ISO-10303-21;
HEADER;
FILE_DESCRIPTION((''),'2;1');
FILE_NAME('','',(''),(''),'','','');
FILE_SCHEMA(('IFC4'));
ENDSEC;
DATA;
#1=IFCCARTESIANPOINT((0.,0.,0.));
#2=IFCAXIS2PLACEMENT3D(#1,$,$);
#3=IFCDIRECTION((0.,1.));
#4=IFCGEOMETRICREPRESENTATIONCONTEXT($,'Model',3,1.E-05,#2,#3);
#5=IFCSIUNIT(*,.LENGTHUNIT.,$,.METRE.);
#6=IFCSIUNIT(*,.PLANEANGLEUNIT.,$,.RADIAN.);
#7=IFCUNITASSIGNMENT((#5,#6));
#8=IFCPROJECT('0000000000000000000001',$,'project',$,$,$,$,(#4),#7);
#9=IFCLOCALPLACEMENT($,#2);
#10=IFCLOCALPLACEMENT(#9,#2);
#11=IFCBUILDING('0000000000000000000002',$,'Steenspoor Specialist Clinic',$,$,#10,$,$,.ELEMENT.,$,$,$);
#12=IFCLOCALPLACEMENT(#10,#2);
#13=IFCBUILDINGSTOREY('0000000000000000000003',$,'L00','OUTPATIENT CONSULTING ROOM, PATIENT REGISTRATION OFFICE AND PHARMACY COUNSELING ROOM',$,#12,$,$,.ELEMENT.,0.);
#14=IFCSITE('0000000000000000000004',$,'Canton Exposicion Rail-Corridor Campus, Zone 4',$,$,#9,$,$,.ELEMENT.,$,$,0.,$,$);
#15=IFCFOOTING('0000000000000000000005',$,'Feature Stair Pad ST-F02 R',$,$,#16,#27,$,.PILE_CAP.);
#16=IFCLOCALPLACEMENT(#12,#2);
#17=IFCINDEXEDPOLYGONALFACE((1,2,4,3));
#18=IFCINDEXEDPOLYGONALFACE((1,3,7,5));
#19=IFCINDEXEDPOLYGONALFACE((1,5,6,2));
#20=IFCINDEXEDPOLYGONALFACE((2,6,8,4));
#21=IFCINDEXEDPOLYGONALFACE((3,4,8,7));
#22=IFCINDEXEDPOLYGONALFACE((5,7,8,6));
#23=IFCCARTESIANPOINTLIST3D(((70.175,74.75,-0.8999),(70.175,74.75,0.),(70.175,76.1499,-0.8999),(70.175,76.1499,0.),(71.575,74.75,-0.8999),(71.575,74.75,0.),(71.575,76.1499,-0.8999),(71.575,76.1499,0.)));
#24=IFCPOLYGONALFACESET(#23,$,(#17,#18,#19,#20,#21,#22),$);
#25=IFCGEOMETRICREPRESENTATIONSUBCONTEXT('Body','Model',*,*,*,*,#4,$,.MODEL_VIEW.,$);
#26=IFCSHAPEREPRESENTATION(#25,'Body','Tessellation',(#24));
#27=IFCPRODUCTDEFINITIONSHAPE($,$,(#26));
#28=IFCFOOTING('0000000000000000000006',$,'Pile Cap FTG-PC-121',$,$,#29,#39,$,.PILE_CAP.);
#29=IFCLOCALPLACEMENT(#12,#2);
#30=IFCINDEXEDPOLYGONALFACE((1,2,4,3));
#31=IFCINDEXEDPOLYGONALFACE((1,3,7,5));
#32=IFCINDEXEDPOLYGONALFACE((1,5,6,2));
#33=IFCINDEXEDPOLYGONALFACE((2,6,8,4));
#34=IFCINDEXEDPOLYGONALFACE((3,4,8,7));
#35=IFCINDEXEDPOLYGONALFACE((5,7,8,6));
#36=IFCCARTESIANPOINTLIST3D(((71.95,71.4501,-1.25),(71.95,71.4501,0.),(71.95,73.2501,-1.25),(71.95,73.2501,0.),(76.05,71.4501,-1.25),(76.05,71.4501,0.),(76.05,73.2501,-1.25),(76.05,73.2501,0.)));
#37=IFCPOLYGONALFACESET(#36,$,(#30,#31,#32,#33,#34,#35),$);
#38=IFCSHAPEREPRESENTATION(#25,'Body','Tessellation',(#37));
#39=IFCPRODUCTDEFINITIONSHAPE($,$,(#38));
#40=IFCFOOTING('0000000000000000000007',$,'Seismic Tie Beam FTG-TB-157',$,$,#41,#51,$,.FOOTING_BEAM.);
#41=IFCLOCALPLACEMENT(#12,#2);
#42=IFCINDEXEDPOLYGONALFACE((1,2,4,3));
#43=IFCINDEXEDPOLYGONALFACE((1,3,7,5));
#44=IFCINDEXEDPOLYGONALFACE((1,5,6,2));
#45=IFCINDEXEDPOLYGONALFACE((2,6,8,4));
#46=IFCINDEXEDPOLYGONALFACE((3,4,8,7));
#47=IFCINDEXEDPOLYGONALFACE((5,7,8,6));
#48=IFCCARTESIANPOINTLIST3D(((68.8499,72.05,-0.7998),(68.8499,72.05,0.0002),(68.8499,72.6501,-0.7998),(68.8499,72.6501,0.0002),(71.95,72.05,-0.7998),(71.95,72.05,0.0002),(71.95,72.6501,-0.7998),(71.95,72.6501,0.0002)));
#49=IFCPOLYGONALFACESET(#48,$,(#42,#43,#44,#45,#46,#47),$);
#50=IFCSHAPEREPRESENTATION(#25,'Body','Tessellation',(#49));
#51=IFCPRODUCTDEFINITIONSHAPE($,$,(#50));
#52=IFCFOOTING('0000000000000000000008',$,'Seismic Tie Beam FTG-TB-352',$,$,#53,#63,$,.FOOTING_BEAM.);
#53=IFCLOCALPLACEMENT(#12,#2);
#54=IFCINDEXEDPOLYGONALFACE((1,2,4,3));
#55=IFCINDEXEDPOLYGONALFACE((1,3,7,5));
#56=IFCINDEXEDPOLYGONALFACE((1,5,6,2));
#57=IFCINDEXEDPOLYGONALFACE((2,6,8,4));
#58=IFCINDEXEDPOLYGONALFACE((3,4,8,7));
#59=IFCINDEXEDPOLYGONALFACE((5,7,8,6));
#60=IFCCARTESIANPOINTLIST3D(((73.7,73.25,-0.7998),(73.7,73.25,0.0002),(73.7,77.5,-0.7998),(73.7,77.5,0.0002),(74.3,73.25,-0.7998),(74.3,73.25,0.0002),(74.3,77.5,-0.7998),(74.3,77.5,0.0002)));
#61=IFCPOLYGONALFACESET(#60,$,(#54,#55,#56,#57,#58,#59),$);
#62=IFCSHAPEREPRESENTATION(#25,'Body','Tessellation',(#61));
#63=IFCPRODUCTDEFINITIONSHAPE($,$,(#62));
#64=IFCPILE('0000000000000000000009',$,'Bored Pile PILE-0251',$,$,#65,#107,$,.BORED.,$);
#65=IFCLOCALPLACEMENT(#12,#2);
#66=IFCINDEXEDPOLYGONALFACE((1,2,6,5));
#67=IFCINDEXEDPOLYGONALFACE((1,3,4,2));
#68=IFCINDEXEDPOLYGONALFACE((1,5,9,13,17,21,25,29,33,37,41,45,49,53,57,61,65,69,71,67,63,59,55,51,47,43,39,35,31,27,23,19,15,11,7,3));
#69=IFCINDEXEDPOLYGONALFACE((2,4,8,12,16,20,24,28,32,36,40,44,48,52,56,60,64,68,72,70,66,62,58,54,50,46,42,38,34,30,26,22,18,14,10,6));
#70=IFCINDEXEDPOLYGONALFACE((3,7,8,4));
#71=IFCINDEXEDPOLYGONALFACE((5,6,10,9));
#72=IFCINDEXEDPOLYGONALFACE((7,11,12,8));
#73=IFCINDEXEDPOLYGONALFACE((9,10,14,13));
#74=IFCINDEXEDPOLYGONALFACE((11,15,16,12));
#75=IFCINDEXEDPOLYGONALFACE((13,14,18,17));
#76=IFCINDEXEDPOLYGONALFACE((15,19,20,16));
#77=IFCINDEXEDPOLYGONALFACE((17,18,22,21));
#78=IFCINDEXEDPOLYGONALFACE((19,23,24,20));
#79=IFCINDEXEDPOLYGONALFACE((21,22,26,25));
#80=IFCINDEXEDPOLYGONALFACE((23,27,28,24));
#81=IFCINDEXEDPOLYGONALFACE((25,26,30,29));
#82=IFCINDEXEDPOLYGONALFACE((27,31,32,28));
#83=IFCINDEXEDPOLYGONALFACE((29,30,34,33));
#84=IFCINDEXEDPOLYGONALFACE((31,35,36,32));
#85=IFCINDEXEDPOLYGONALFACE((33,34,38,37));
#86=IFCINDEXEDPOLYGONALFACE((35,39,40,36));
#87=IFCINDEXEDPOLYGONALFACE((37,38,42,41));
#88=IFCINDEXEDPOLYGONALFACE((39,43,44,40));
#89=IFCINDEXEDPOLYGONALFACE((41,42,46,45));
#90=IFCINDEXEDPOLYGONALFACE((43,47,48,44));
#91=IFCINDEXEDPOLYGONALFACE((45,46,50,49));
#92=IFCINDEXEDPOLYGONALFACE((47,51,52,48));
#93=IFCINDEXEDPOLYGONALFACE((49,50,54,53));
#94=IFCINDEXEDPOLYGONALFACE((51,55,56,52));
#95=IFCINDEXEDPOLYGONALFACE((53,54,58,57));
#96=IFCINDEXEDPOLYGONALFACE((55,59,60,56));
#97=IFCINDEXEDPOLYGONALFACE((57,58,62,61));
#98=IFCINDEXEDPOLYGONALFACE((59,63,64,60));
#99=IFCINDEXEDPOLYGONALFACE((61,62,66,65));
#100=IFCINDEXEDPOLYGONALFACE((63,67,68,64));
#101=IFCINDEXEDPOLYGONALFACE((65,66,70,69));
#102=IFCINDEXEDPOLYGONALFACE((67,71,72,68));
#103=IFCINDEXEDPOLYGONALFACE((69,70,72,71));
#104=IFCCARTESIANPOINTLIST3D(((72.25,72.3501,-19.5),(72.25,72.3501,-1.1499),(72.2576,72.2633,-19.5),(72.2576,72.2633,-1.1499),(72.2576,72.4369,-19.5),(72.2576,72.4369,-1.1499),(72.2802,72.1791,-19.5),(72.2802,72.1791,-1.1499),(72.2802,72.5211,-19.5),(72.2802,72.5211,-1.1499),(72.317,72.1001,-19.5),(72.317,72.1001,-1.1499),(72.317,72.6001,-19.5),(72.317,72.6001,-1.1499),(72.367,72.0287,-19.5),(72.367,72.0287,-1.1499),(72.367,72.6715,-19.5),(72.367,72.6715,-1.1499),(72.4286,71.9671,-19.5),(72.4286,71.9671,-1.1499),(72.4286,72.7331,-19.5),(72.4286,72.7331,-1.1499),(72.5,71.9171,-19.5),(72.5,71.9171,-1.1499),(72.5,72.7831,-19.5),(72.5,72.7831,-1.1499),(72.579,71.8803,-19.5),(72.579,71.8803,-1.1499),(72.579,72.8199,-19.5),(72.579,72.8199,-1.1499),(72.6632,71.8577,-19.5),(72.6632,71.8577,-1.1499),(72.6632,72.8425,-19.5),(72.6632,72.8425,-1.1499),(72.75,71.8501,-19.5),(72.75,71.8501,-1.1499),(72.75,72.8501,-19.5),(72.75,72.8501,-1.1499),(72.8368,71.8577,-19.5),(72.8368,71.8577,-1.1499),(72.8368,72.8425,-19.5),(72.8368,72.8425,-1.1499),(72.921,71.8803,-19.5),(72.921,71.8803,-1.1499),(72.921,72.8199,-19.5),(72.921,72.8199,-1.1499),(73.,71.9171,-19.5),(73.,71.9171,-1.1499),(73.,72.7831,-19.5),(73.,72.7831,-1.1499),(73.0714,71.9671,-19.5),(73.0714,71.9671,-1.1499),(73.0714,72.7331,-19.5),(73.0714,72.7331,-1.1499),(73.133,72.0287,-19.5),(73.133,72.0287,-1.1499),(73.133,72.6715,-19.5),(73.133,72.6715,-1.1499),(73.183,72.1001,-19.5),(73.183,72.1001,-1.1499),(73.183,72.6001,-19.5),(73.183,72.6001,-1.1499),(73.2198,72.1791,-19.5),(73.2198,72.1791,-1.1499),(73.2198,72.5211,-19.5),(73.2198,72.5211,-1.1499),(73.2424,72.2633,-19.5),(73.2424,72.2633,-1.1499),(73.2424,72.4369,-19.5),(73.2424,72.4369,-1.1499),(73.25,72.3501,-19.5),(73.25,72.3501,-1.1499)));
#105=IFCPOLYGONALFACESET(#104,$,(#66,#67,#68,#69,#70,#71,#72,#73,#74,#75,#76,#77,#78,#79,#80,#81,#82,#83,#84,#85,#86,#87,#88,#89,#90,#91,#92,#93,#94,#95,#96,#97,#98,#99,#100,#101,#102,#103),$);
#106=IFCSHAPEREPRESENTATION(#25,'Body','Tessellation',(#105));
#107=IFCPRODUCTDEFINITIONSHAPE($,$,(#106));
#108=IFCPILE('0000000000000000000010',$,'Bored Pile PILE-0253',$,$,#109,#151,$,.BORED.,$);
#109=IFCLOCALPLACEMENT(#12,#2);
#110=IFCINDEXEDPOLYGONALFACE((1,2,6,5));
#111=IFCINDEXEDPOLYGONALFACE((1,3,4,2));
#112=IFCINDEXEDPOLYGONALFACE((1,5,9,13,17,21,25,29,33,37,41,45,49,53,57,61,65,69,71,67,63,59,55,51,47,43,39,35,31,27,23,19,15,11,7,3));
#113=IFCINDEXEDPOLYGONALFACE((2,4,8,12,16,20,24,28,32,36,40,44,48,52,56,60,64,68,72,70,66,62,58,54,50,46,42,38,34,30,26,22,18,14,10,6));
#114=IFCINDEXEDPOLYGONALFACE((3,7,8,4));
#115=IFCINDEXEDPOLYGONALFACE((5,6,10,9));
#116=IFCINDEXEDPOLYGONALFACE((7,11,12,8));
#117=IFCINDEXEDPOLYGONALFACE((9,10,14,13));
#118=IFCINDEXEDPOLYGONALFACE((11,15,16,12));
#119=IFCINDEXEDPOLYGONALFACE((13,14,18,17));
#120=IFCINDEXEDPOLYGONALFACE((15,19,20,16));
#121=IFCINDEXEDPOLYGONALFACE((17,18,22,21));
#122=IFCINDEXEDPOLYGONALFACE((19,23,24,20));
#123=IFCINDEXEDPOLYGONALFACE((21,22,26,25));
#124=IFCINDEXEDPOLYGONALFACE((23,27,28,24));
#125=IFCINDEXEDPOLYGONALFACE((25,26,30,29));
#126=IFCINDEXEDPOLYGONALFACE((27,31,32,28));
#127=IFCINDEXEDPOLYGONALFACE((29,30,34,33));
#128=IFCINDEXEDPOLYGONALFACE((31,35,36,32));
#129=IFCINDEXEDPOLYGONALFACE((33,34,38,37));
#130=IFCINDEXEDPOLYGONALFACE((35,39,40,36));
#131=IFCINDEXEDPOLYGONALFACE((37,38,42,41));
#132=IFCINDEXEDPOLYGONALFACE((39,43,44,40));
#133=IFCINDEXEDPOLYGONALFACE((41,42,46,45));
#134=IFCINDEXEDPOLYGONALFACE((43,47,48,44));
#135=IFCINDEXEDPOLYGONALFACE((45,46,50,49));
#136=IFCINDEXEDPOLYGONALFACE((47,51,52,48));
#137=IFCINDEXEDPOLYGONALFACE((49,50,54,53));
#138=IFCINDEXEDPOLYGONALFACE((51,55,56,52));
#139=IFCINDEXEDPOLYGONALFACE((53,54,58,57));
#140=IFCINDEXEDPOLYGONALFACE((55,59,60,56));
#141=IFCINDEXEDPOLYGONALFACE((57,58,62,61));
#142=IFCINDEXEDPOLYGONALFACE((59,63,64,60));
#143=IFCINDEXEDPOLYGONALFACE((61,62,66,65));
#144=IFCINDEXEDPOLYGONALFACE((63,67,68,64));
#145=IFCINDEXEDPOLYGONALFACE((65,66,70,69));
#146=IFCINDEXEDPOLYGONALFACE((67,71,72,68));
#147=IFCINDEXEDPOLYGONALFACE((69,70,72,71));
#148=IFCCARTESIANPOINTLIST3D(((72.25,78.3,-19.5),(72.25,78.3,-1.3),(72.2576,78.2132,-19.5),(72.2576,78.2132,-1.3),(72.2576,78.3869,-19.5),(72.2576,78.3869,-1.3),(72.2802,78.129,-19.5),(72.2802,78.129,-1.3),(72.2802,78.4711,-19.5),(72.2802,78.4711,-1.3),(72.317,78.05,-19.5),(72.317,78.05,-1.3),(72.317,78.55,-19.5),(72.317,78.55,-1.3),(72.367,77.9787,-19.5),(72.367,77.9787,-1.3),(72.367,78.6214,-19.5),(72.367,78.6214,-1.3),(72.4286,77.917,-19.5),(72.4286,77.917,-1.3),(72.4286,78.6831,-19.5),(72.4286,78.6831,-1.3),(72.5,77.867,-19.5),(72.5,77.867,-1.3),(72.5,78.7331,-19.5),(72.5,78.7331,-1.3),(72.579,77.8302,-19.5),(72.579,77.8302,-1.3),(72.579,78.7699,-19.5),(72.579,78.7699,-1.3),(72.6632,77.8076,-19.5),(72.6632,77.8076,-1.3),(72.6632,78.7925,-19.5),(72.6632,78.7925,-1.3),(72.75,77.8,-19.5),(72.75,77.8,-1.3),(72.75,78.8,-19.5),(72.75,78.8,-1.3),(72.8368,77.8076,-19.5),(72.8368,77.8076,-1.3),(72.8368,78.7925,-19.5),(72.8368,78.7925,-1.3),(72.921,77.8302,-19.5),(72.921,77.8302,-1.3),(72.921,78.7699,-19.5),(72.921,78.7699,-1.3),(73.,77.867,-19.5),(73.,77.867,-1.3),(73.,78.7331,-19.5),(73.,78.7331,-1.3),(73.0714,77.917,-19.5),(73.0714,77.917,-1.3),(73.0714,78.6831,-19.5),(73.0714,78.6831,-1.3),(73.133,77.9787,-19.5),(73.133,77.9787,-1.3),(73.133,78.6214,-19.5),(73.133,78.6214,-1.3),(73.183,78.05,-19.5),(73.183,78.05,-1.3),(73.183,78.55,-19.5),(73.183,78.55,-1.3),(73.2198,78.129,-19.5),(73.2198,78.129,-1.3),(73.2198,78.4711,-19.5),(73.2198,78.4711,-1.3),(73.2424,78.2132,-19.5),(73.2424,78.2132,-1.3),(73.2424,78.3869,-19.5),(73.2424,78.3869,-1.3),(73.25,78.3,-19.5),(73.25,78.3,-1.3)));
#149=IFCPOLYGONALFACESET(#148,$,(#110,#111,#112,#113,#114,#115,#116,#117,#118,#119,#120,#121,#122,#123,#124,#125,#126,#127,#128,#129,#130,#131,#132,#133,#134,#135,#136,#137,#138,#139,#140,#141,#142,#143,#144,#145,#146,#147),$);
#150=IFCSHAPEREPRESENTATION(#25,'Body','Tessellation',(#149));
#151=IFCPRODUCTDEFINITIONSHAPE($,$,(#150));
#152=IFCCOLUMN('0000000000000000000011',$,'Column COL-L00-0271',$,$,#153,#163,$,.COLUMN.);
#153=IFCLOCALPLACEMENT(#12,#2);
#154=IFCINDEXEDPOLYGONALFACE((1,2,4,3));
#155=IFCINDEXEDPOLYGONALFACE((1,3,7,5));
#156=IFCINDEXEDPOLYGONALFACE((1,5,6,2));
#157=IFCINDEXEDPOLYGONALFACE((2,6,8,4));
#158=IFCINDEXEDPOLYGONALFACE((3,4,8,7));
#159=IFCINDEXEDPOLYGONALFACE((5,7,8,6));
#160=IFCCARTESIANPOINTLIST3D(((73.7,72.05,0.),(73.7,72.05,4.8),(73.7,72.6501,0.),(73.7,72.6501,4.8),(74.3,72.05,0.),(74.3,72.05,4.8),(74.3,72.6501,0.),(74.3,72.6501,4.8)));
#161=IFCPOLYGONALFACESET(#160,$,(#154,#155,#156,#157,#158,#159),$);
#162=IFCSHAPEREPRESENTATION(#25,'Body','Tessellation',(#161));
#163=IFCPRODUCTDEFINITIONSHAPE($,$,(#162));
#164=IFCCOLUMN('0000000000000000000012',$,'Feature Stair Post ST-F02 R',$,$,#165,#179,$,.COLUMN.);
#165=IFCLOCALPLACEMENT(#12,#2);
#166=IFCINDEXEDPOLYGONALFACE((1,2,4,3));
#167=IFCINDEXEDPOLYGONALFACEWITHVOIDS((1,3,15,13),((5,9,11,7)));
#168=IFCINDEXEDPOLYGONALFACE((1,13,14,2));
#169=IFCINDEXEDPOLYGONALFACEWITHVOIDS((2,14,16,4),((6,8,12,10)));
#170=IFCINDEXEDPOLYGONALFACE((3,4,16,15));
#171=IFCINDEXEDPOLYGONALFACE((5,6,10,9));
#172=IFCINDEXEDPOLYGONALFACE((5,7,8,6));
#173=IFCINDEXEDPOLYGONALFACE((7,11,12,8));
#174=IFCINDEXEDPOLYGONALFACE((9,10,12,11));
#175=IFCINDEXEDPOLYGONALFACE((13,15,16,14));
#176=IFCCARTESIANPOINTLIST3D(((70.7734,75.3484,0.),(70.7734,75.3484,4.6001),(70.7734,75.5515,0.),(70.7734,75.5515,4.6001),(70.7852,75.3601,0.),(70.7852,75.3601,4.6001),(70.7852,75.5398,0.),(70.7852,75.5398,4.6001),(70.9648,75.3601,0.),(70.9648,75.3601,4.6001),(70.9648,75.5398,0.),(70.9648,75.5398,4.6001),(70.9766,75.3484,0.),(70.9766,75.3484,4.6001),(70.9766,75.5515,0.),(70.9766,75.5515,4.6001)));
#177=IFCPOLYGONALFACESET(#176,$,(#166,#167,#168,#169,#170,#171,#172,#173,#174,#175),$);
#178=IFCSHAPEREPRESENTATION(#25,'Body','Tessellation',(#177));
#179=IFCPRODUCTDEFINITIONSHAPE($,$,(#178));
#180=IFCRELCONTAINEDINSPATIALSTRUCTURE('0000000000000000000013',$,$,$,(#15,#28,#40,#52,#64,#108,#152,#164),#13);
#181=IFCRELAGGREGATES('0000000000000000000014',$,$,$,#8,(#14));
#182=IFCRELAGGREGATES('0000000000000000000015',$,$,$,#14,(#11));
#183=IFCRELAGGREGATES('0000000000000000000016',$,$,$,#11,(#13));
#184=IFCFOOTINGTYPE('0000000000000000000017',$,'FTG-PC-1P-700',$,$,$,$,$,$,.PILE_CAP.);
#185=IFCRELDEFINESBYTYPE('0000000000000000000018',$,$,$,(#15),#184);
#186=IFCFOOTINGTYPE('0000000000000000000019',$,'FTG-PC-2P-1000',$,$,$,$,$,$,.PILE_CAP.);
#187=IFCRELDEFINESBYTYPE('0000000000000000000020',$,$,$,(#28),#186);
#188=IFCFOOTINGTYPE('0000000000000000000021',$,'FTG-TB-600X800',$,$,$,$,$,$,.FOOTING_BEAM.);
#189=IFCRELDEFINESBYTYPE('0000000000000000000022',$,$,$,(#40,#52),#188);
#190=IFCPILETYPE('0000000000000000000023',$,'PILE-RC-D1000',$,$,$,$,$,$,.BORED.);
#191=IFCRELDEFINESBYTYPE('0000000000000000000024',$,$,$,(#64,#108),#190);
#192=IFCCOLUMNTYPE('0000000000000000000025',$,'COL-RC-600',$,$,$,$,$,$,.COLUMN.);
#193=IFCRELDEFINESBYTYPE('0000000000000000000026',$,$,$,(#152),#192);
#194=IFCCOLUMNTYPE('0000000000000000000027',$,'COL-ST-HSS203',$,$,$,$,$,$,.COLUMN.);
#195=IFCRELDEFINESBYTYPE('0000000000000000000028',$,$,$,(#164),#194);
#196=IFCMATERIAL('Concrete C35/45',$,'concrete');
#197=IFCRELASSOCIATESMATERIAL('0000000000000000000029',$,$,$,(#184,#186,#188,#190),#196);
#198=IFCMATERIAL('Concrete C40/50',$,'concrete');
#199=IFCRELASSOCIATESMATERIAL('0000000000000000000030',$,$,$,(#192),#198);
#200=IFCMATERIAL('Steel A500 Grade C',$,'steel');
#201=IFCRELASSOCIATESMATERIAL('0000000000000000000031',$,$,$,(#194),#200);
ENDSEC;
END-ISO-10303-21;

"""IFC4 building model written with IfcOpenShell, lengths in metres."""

from ifc_helpers import new_model, si_unit, direction, frame, origin, origin_2d, place, context, subcontext, project, spatial, rectangle, hollow_rectangle, circle, extrude, material, material_profile, profile_set, type_object, element, save


model = new_model("IFC4")

# Units and contexts
model_context = context("Model", 3, precision=1e-05, world=origin(), true_north=direction((0.0, 1.0)))
body_context = subcontext(model_context, "Body", "Model", "MODEL_VIEW")
ifc_project = project(units=[si_unit("LENGTHUNIT", "METRE"), si_unit("PLANEANGLEUNIT", "RADIAN")], contexts=[model_context])

# Site, building, storey
site_placement = place(None, origin())
site = spatial("IfcSite", under=ifc_project, at=site_placement, Name="Canton Exposicion Rail-Corridor Campus, Zone 4", CompositionType="ELEMENT", RefElevation=0.0)
building_placement = place(site_placement, origin())
building = spatial("IfcBuilding", under=site, at=building_placement, Name="Steenspoor Specialist Clinic", CompositionType="ELEMENT")
storey_placement = place(building_placement, origin())
storey = spatial("IfcBuildingStorey", under=building, at=storey_placement, Name="L00", Description="OUTPATIENT CONSULTING ROOM, PATIENT REGISTRATION OFFICE AND PHARMACY COUNSELING ROOM", CompositionType="ELEMENT", Elevation=0.0)

# Footings
ifc_material_1 = material(Name="Concrete C35/45", Category="concrete")
footing_type_1 = type_object("IfcFootingType", Name="FTG-PC-1P-700", PredefinedType="PILE_CAP", material=ifc_material_1)
footing_1_placement = place(storey_placement, frame((70.875, 75.45, -0.8999), z_axis=(0.0, 0.0, 1.0), x_axis=(1.0, 0.0, 0.0)))
element("IfcFooting", 1, at=footing_1_placement, inside=storey, type_object=footing_type_1, Name="Feature Stair Pad ST-F02 R", PredefinedType="PILE_CAP", context=body_context, shape_type="SweptSolid", body=[
    extrude(rectangle(XDim=1.3999, YDim=1.3999, at=origin_2d()), origin(), (0.0, 0.0, 1.0), 0.8999),
])
footing_type_2 = type_object("IfcFootingType", Name="FTG-PC-2P-1000", PredefinedType="PILE_CAP", material=ifc_material_1)
footing_2_placement = place(storey_placement, frame((74.0, 72.3501, -1.25), z_axis=(0.0, 0.0, 1.0), x_axis=(1.0, 0.0, 0.0)))
element("IfcFooting", 2, at=footing_2_placement, inside=storey, type_object=footing_type_2, Name="Pile Cap FTG-PC-121", PredefinedType="PILE_CAP", context=body_context, shape_type="SweptSolid", body=[
    extrude(rectangle(XDim=4.1001, YDim=1.8, at=origin_2d()), origin(), (0.0, 0.0, 1.0), 1.25),
])
footing_type_3 = type_object("IfcFootingType", Name="FTG-TB-600X800", PredefinedType="FOOTING_BEAM", material=ifc_material_1)
footing_3_placement = place(storey_placement, frame((70.3999, 72.3501, -0.7998), z_axis=(0.0, 0.0, 1.0), x_axis=(1.0, 0.0, 0.0)))
element("IfcFooting", 3, at=footing_3_placement, inside=storey, type_object=footing_type_3, Name="Seismic Tie Beam FTG-TB-157", PredefinedType="FOOTING_BEAM", context=body_context, shape_type="SweptSolid", body=[
    extrude(rectangle(XDim=3.1001, YDim=0.6001, at=origin_2d()), origin(), (0.0, 0.0, 1.0), 0.8),
])
footing_4_placement = place(storey_placement, frame((74.0, 75.375, -0.7998), z_axis=(0.0, 0.0, 1.0), x_axis=(1.0, 0.0, 0.0)))
element("IfcFooting", 4, at=footing_4_placement, inside=storey, type_object=footing_type_3, Name="Seismic Tie Beam FTG-TB-352", PredefinedType="FOOTING_BEAM", context=body_context, shape_type="SweptSolid", body=[
    extrude(rectangle(XDim=0.6001, YDim=4.25, at=origin_2d()), origin(), (0.0, 0.0, 1.0), 0.8),
])

# Piles
ifc_material_profile_1 = material_profile(ifc_material_1, circle(Radius=0.5, at=origin_2d()), Name="PILE-D1000")
ifc_profile_set_1 = profile_set([ifc_material_profile_1], Name="Concrete C35/45")
pile_type = type_object("IfcPileType", Name="PILE-RC-D1000", PredefinedType="BORED", material=ifc_profile_set_1)
pile_1_placement = place(storey_placement, frame((72.75, 72.3501, -1.1499), z_axis=(0.0, 0.0, -1.0), x_axis=(1.0, 0.0, 0.0)))
element("IfcPile", 5, at=pile_1_placement, inside=storey, type_object=pile_type, Name="Bored Pile PILE-0251", PredefinedType="BORED", context=body_context, shape_type="SweptSolid", body=[
    extrude(circle(Radius=0.5, at=origin_2d()), origin(), (0.0, 0.0, 1.0), 18.3501),
])
pile_2_placement = place(storey_placement, frame((72.75, 78.3, -1.3), z_axis=(0.0, 0.0, -1.0), x_axis=(1.0, 0.0, 0.0)))
element("IfcPile", 6, at=pile_2_placement, inside=storey, type_object=pile_type, Name="Bored Pile PILE-0253", PredefinedType="BORED", context=body_context, shape_type="SweptSolid", body=[
    extrude(circle(Radius=0.5, at=origin_2d()), origin(), (0.0, 0.0, 1.0), 18.2),
])

# Columns
ifc_material_2 = material(Name="Concrete C40/50", Category="concrete")
ifc_material_profile_2 = material_profile(ifc_material_2, rectangle(XDim=0.6001, YDim=0.6001, at=origin_2d()), Name="RC-COL-600X600")
ifc_profile_set_2 = profile_set([ifc_material_profile_2], Name="Concrete C40/50")
column_type_1 = type_object("IfcColumnType", Name="COL-RC-600", PredefinedType="COLUMN", material=ifc_profile_set_2)
column_1_placement = place(storey_placement, frame((74.0, 72.3501, 0.0), z_axis=(0.0, 0.0, 1.0), x_axis=(1.0, 0.0, 0.0)))
element("IfcColumn", 7, at=column_1_placement, inside=storey, type_object=column_type_1, Name="Column COL-L00-0271", PredefinedType="COLUMN", context=body_context, shape_type="SweptSolid", body=[
    extrude(rectangle(XDim=0.6001, YDim=0.6001, at=origin_2d()), origin(), (0.0, 0.0, 1.0), 4.8),
])
ifc_material_3 = material(Name="Steel A500 Grade C", Category="steel")
ifc_material_profile_3 = material_profile(ifc_material_3, hollow_rectangle(XDim=0.2031, YDim=0.2031, WallThickness=0.0117, at=origin_2d()), Name="HSS203X203X12.7")
ifc_profile_set_3 = profile_set([ifc_material_profile_3], Name="Steel A500 Grade C")
column_type_2 = type_object("IfcColumnType", Name="COL-ST-HSS203", PredefinedType="COLUMN", material=ifc_profile_set_3)
column_2_placement = place(storey_placement, frame((70.875, 75.45, 0.0), z_axis=(0.0, 0.0, 1.0), x_axis=(1.0, 0.0, 0.0)))
element("IfcColumn", 8, at=column_2_placement, inside=storey, type_object=column_type_2, Name="Feature Stair Post ST-F02 R", PredefinedType="COLUMN", context=body_context, shape_type="SweptSolid", body=[
    extrude(hollow_rectangle(XDim=0.2031, YDim=0.2031, WallThickness=0.0117, at=origin_2d()), origin(), (0.0, 0.0, 1.0), 4.6001),
])

save(model, "model.ifc")
